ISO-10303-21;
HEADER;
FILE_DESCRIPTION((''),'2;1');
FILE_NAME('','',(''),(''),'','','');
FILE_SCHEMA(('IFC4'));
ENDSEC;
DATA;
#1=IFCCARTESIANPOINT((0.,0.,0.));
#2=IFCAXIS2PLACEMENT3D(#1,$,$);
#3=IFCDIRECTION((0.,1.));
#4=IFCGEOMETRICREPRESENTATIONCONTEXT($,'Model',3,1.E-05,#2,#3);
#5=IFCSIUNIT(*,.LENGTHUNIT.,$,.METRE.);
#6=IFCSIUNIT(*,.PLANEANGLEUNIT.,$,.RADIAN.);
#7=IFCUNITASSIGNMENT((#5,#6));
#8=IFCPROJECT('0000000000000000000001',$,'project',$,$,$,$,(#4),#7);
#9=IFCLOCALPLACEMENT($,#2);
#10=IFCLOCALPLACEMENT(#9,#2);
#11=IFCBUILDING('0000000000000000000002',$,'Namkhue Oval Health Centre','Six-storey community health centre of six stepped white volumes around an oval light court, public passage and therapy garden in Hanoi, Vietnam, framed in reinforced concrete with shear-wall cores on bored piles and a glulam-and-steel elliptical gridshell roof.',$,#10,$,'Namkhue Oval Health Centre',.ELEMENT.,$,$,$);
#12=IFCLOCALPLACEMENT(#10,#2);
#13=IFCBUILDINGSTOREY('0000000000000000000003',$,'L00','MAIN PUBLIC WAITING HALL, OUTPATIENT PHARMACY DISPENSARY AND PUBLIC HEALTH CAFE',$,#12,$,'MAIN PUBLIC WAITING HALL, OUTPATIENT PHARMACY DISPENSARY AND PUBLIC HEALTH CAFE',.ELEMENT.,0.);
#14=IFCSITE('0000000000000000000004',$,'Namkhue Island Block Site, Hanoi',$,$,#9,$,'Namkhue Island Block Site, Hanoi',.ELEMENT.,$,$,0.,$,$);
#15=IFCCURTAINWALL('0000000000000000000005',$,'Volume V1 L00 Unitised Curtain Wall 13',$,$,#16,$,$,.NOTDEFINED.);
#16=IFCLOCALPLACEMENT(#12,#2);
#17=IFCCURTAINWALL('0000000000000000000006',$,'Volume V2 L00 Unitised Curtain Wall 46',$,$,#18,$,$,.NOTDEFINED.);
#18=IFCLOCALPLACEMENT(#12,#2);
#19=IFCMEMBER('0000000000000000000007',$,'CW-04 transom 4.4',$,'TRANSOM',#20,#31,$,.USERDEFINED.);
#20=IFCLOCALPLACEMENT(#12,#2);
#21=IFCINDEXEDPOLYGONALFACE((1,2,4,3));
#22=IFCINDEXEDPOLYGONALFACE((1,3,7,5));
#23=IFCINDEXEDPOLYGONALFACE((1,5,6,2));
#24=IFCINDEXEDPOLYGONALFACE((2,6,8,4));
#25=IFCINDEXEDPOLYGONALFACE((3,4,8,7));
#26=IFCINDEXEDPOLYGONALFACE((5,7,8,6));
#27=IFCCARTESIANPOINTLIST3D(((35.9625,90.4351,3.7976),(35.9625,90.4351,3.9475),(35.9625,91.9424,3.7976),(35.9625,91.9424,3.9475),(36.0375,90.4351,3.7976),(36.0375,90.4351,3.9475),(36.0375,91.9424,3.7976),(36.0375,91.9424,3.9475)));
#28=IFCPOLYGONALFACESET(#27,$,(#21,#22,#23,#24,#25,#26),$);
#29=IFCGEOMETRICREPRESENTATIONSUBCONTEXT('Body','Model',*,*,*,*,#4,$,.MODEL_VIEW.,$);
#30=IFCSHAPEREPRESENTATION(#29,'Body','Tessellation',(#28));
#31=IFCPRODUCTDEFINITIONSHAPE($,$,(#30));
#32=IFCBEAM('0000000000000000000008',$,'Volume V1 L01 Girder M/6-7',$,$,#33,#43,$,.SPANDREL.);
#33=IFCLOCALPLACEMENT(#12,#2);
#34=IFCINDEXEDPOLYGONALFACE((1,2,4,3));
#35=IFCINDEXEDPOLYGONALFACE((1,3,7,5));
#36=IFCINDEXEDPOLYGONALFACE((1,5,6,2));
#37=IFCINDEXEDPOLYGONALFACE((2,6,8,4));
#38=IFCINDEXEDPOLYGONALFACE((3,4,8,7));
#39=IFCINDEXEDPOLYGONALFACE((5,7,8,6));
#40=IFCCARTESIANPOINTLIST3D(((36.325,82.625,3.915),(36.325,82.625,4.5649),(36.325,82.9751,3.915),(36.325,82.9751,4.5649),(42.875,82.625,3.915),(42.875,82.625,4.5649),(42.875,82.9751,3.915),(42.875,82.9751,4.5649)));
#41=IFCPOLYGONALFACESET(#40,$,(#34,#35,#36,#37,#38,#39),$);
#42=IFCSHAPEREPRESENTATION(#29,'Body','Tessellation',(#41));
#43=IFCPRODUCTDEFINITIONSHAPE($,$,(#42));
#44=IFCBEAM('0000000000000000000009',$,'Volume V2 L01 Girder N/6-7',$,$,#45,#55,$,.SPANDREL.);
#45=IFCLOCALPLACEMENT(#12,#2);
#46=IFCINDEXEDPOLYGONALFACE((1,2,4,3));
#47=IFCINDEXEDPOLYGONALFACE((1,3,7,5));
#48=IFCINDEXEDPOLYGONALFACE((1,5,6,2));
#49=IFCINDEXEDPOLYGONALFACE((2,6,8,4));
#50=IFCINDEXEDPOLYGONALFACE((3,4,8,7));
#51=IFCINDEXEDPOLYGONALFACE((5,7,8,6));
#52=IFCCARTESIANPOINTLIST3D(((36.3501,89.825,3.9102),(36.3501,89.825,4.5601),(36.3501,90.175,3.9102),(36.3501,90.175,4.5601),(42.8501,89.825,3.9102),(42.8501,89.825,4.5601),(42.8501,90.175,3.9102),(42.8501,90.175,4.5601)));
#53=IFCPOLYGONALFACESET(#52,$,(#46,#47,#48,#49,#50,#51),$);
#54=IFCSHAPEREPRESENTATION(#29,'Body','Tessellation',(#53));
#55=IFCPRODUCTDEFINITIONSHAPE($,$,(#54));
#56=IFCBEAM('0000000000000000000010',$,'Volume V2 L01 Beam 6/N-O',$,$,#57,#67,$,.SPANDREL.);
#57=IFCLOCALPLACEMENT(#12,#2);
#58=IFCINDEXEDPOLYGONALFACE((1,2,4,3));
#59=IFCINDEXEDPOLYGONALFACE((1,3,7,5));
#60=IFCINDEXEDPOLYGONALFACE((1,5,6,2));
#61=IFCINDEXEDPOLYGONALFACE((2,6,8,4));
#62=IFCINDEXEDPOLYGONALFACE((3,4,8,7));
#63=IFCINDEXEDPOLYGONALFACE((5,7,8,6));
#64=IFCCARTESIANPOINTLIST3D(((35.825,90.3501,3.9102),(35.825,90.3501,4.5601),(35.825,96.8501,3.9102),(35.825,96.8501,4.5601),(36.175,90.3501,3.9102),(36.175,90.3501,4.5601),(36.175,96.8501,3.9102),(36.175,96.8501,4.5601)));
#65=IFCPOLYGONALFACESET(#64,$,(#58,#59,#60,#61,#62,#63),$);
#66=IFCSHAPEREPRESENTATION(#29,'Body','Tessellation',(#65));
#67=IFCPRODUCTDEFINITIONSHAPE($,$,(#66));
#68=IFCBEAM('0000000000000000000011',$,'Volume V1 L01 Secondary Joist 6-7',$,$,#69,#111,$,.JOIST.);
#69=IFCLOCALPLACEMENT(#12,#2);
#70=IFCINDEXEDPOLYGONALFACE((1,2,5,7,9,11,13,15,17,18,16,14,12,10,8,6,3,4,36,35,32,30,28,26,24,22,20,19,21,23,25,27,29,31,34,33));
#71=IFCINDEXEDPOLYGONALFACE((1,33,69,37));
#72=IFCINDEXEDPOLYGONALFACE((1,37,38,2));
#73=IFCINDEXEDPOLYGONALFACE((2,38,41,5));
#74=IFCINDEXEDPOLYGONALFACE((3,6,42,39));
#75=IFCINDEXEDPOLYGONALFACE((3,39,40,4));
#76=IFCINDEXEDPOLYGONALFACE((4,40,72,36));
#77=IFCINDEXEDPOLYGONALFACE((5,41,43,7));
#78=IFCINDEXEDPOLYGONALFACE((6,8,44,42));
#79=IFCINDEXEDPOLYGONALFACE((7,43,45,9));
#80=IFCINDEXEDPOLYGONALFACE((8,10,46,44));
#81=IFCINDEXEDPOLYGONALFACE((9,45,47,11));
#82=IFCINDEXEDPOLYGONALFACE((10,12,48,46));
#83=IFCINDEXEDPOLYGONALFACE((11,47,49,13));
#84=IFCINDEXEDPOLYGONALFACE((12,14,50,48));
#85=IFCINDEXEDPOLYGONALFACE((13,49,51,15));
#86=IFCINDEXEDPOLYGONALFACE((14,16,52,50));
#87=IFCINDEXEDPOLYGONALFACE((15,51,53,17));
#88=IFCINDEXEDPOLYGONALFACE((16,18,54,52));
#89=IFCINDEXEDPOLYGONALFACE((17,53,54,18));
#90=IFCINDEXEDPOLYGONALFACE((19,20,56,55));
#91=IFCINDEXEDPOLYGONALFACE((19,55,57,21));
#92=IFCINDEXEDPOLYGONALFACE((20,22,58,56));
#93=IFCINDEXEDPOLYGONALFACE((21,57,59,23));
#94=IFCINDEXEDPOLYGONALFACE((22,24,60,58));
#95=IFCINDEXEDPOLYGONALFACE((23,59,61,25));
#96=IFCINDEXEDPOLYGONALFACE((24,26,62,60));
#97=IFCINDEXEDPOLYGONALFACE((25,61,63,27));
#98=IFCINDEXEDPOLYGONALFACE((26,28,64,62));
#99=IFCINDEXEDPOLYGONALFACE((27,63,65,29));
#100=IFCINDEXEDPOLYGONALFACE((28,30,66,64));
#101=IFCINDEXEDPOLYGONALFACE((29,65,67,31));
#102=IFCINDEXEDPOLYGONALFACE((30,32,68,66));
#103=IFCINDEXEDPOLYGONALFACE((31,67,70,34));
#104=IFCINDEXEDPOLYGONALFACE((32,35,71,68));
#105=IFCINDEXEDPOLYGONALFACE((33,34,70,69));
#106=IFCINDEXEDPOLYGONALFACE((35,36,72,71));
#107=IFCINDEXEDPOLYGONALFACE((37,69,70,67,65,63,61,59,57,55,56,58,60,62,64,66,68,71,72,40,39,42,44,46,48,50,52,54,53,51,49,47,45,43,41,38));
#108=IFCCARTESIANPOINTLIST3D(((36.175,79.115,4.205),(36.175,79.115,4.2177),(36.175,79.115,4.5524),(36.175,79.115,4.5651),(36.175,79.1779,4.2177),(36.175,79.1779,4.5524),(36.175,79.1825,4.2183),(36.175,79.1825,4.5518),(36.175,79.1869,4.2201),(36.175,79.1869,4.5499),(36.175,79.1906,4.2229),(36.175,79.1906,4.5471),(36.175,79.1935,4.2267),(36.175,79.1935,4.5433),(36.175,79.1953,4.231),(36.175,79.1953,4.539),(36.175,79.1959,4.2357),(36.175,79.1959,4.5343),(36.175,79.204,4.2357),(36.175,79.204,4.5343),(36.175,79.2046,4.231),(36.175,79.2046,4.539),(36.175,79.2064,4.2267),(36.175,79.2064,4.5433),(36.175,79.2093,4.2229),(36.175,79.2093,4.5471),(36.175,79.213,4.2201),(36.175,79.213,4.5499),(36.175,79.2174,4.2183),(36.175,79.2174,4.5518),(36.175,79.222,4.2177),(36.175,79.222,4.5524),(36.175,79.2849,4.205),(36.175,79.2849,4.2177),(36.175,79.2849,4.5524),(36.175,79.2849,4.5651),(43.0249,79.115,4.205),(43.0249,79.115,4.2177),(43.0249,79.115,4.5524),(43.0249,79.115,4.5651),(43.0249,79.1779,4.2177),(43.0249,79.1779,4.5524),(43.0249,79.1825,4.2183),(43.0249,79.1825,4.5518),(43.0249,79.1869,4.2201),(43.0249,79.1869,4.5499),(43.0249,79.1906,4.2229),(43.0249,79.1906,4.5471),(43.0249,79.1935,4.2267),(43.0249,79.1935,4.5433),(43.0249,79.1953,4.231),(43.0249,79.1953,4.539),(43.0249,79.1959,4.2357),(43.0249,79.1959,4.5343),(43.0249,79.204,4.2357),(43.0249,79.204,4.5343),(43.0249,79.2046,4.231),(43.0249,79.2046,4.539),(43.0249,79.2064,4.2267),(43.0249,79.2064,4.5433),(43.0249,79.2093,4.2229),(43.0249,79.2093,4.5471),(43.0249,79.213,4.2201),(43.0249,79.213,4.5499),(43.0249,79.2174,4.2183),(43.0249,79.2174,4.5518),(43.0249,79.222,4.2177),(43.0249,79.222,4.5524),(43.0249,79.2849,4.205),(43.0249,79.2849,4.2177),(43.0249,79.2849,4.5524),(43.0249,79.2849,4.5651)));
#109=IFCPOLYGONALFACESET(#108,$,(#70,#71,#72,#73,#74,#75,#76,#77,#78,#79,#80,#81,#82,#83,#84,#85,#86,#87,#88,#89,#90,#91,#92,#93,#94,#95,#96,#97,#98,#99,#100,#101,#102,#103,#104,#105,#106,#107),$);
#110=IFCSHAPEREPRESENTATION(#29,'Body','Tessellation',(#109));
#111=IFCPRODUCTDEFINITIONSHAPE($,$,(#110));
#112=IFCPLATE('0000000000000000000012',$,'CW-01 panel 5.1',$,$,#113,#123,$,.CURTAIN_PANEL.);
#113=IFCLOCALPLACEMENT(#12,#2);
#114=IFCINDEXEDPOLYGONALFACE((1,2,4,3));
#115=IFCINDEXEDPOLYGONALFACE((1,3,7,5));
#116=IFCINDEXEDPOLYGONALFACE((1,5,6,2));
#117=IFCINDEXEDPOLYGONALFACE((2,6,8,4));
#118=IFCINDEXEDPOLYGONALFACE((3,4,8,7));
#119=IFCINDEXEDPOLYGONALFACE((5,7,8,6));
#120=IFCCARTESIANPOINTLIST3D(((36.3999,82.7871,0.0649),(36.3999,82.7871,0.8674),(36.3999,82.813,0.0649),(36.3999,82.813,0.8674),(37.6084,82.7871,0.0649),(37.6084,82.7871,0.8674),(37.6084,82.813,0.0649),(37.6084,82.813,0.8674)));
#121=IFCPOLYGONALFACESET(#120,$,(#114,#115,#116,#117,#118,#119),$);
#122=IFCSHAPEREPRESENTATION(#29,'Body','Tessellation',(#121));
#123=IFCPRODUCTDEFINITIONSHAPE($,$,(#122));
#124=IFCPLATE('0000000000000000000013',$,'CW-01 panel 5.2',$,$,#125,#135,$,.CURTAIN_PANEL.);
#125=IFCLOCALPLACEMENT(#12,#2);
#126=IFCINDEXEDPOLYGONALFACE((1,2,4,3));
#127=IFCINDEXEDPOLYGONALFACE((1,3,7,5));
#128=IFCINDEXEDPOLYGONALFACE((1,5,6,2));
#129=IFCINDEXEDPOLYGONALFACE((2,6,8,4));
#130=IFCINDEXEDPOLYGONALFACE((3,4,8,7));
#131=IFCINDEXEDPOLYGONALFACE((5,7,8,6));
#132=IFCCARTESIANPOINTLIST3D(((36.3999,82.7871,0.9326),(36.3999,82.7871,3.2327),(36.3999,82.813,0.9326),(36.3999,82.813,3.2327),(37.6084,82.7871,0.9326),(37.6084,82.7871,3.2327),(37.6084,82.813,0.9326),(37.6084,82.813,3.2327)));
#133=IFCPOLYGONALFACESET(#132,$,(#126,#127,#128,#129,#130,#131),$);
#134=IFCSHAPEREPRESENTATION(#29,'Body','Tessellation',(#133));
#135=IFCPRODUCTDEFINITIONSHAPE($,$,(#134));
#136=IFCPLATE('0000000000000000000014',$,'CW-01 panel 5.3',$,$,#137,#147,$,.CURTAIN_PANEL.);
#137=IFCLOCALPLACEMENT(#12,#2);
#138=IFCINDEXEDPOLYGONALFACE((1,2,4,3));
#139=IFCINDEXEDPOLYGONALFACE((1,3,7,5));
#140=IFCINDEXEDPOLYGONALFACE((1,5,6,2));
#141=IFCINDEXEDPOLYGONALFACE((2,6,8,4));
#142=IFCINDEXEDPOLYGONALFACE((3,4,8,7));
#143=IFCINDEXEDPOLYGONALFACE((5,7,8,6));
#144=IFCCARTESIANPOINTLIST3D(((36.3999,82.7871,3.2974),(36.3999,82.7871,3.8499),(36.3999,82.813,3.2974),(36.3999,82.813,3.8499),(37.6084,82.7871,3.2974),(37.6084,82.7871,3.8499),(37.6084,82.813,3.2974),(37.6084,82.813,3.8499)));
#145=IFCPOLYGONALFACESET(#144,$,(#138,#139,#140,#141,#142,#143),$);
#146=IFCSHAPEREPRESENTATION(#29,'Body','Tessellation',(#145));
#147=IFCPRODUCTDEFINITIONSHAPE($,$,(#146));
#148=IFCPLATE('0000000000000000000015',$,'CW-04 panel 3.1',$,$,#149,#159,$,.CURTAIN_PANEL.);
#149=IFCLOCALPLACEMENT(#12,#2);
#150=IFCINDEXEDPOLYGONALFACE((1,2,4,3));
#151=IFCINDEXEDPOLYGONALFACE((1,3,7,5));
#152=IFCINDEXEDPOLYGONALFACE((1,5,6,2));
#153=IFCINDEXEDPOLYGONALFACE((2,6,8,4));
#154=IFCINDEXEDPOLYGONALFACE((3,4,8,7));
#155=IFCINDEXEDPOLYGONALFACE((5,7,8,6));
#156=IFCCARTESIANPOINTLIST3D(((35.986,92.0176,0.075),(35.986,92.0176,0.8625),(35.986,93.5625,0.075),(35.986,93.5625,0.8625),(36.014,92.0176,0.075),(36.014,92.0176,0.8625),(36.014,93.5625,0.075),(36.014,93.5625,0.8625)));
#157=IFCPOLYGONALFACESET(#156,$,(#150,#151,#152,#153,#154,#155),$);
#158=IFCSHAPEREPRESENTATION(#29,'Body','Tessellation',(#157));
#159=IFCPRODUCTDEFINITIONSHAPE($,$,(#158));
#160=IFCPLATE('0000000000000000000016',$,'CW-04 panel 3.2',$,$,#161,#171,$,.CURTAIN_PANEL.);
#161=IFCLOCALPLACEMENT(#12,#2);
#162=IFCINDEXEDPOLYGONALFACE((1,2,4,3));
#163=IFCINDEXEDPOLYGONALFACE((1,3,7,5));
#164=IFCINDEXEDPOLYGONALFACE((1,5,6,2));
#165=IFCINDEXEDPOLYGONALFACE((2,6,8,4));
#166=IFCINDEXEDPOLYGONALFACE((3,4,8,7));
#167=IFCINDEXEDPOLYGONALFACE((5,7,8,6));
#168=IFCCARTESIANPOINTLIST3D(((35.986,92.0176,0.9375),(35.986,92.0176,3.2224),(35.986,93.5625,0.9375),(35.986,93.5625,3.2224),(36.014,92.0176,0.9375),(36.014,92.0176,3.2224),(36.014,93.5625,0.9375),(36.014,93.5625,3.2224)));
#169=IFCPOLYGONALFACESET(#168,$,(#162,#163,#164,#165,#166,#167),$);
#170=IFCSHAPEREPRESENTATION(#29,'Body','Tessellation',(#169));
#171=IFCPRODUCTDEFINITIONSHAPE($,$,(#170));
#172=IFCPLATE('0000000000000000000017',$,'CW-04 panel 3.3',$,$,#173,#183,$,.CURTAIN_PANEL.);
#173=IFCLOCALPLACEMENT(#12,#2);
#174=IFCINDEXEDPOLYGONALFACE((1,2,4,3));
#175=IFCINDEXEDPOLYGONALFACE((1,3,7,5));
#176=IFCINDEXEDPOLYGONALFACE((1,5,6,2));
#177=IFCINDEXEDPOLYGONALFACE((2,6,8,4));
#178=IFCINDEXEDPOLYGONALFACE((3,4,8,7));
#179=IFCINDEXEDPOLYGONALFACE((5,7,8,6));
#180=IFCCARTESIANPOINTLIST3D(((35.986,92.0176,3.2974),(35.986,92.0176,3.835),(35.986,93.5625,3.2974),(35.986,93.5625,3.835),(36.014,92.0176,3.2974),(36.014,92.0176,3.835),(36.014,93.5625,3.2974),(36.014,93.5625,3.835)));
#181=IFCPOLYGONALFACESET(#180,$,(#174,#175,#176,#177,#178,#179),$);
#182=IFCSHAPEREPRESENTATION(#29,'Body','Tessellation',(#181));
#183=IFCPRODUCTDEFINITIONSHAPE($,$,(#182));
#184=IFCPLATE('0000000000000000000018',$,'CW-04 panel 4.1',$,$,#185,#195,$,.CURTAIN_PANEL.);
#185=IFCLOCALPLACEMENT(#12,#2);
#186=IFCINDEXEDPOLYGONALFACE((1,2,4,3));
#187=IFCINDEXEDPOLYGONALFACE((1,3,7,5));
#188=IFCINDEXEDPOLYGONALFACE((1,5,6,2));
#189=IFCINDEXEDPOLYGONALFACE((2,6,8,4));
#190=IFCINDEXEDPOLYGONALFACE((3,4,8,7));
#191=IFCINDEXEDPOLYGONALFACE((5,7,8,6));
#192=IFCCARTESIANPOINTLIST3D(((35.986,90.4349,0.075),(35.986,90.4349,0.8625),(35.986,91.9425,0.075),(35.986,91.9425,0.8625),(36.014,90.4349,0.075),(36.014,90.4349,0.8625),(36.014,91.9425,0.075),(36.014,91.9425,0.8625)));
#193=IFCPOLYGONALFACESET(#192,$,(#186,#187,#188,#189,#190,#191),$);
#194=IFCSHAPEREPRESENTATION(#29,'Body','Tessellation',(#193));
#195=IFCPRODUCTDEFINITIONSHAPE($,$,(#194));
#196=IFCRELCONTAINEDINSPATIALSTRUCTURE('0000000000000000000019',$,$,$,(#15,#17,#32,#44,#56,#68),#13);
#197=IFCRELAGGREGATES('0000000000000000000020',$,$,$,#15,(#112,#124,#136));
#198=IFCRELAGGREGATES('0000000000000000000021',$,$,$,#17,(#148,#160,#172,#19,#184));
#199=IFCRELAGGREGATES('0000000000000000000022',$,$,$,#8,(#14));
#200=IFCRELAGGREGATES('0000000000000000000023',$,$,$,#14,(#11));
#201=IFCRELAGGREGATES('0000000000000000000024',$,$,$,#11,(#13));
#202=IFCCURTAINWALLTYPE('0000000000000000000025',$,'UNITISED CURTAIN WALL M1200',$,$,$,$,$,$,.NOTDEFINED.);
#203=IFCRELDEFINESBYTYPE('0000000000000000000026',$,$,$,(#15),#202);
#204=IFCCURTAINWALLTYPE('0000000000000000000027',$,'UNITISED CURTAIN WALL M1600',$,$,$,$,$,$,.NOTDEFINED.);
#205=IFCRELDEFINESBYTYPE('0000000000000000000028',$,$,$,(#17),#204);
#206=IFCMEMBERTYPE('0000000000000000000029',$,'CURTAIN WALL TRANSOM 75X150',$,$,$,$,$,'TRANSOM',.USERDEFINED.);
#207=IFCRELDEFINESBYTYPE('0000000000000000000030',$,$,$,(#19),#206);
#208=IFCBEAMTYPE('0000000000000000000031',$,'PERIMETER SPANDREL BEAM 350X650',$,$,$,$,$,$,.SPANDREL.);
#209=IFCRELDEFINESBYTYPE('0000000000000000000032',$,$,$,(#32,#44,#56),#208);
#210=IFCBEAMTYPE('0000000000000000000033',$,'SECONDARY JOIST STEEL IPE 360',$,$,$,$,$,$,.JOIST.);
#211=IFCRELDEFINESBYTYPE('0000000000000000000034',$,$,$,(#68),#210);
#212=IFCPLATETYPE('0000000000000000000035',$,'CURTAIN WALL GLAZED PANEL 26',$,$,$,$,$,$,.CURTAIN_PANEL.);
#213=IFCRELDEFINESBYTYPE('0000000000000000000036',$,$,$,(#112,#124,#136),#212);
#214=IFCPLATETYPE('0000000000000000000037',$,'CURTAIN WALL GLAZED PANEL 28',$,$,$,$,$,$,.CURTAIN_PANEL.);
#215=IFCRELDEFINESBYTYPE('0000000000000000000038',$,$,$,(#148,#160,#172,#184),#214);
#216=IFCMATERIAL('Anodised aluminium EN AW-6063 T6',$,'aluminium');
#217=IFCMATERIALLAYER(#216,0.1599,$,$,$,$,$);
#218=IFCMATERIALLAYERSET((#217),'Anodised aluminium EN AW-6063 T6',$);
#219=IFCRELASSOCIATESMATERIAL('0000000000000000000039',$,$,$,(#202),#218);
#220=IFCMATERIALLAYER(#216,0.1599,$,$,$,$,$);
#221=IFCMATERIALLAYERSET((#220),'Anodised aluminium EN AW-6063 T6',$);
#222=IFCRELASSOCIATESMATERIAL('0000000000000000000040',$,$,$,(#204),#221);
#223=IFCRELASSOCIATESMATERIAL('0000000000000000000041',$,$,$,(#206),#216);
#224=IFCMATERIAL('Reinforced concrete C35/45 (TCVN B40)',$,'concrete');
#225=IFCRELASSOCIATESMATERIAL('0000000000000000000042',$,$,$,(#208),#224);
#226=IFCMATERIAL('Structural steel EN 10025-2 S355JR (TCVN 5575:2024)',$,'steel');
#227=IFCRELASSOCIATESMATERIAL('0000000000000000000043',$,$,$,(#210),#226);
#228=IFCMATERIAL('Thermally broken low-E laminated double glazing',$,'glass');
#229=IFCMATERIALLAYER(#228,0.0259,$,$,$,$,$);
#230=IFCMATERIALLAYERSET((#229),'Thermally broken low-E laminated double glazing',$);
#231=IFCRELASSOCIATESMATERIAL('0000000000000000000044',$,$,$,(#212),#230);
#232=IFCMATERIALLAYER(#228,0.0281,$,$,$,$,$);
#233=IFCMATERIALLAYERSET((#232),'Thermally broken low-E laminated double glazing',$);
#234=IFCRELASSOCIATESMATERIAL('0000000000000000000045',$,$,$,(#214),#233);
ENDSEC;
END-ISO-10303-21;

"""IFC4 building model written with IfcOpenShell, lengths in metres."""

from ifc_helpers import new_model, si_unit, direction, frame, origin, origin_2d, place, context, subcontext, project, spatial, rectangle, i_section, extrude, material, layer, layer_set, material_profile, profile_set, type_object, element, aggregate, save


model = new_model("IFC4")

# Units and contexts
model_context = context("Model", 3, precision=1e-05, world=origin(), true_north=direction((0.0, 1.0)))
body_context = subcontext(model_context, "Body", "Model", "MODEL_VIEW")
ifc_project = project(units=[si_unit("LENGTHUNIT", "METRE"), si_unit("PLANEANGLEUNIT", "RADIAN")], contexts=[model_context])

# Site, building, storey
site_placement = place(None, origin())
site = spatial("IfcSite", under=ifc_project, at=site_placement, Name="Namkhue Island Block Site, Hanoi", LongName="Namkhue Island Block Site, Hanoi", CompositionType="ELEMENT", RefElevation=0.0)
building_placement = place(site_placement, origin())
building = spatial("IfcBuilding", under=site, at=building_placement, Name="Namkhue Oval Health Centre", Description="Six-storey community health centre of six stepped white volumes around an oval light court, public passage and therapy garden in Hanoi, Vietnam, framed in reinforced concrete with shear-wall cores on bored piles and a glulam-and-steel elliptical gridshell roof.", LongName="Namkhue Oval Health Centre", CompositionType="ELEMENT")
storey_placement = place(building_placement, origin())
storey = spatial("IfcBuildingStorey", under=building, at=storey_placement, Name="L00", Description="MAIN PUBLIC WAITING HALL, OUTPATIENT PHARMACY DISPENSARY AND PUBLIC HEALTH CAFE", LongName="MAIN PUBLIC WAITING HALL, OUTPATIENT PHARMACY DISPENSARY AND PUBLIC HEALTH CAFE", CompositionType="ELEMENT", Elevation=0.0)

# Shared definitions
ifc_material_1 = material(Name="Reinforced concrete C35/45 (TCVN B40)", Category="concrete")

# Curtain wall
ifc_material_2 = material(Name="Anodised aluminium EN AW-6063 T6", Category="aluminium")
ifc_layer_1 = layer(ifc_material_2, 0.1599)
ifc_layer_set_1 = layer_set([ifc_layer_1], Name="Anodised aluminium EN AW-6063 T6")
curtain_wall_type_1 = type_object("IfcCurtainWallType", Name="UNITISED CURTAIN WALL M1200", PredefinedType="NOTDEFINED", material=ifc_layer_set_1)
curtain_wall_1_placement = place(storey_placement, origin())
curtain_wall_1 = element("IfcCurtainWall", 1, at=curtain_wall_1_placement, inside=storey, type_object=curtain_wall_type_1, Name="Volume V1 L00 Unitised Curtain Wall 13", PredefinedType="NOTDEFINED")

# Curtain wall
ifc_layer_2 = layer(ifc_material_2, 0.1599)
ifc_layer_set_2 = layer_set([ifc_layer_2], Name="Anodised aluminium EN AW-6063 T6")
curtain_wall_type_2 = type_object("IfcCurtainWallType", Name="UNITISED CURTAIN WALL M1600", PredefinedType="NOTDEFINED", material=ifc_layer_set_2)
curtain_wall_2_placement = place(storey_placement, origin())
curtain_wall_2 = element("IfcCurtainWall", 2, at=curtain_wall_2_placement, inside=storey, type_object=curtain_wall_type_2, Name="Volume V2 L00 Unitised Curtain Wall 46", PredefinedType="NOTDEFINED")

# Member
ifc_material_profile_1 = material_profile(ifc_material_2, rectangle(XDim=0.075, YDim=0.1499, at=origin_2d()), Name="ALU 75x150")
ifc_profile_set_1 = profile_set([ifc_material_profile_1], Name="Anodised aluminium EN AW-6063 T6")
member_type_1 = type_object("IfcMemberType", Name="CURTAIN WALL TRANSOM 75X150", ElementType="TRANSOM", PredefinedType="USERDEFINED", material=ifc_profile_set_1)
member_1_placement = place(storey_placement, frame((36.0, 91.9424, 3.8726), z_axis=(0.0, -1.0, 0.0), x_axis=(1.0, 0.0, 0.0)))
member_1 = element("IfcMember", 3, at=member_1_placement, type_object=member_type_1, Name="CW-04 transom 4.4", ObjectType="TRANSOM", PredefinedType="USERDEFINED", context=body_context, shape_type="SweptSolid", body=[
    extrude(rectangle(XDim=0.075, YDim=0.1499, at=origin_2d()), origin(), (0.0, 0.0, 1.0), 1.5073),
])

# Beams
ifc_material_profile_2 = material_profile(ifc_material_1, rectangle(XDim=0.3501, YDim=0.6499, at=origin_2d()), Name="RC 350x650")
ifc_profile_set_2 = profile_set([ifc_material_profile_2], Name="Reinforced concrete C35/45 (TCVN B40)")
beam_type_1 = type_object("IfcBeamType", Name="PERIMETER SPANDREL BEAM 350X650", PredefinedType="SPANDREL", material=ifc_profile_set_2)
beam_1_placement = place(storey_placement, frame((36.325, 82.8, 4.24), z_axis=(1.0, 0.0, 0.0), x_axis=(0.0, 1.0, 0.0)))
element("IfcBeam", 4, at=beam_1_placement, inside=storey, type_object=beam_type_1, Name="Volume V1 L01 Girder M/6-7", PredefinedType="SPANDREL", context=body_context, shape_type="SweptSolid", body=[
    extrude(rectangle(XDim=0.3501, YDim=0.6499, at=origin_2d()), origin(), (0.0, 0.0, 1.0), 6.55),
])
for number, where, z_axis, x_axis, name in (
    (5, (36.3501, 90.0, 4.2351), (1.0, 0.0, 0.0), (0.0, 1.0, 0.0), "Volume V2 L01 Girder N/6-7"),
    (6, (36.0, 90.3501, 4.2351), (0.0, 1.0, 0.0), (-1.0, 0.0, 0.0), "Volume V2 L01 Beam 6/N-O"),
):
    element("IfcBeam", number, at=place(storey_placement, frame(where, z_axis=z_axis, x_axis=x_axis)), inside=storey, type_object=beam_type_1, Name=name, PredefinedType="SPANDREL", context=body_context, shape_type="SweptSolid", body=[
        extrude(rectangle(XDim=0.3501, YDim=0.6499, at=origin_2d()), origin(), (0.0, 0.0, 1.0), 6.5),
    ])
ifc_material_3 = material(Name="Structural steel EN 10025-2 S355JR (TCVN 5575:2024)", Category="steel")
ifc_material_profile_3 = material_profile(ifc_material_3, i_section(OverallWidth=0.1699, OverallDepth=0.3601, WebThickness=0.0081, FlangeThickness=0.0127, FilletRadius=0.0181, at=origin_2d()), Name="IPE 360")
ifc_profile_set_3 = profile_set([ifc_material_profile_3], Name="Structural steel EN 10025-2 S355JR (TCVN 5575:2024)")
beam_type_2 = type_object("IfcBeamType", Name="SECONDARY JOIST STEEL IPE 360", PredefinedType="JOIST", material=ifc_profile_set_3)
beam_2_placement = place(storey_placement, frame((36.175, 79.2, 4.385), z_axis=(1.0, 0.0, 0.0), x_axis=(0.0, 1.0, 0.0)))
element("IfcBeam", 7, at=beam_2_placement, inside=storey, type_object=beam_type_2, Name="Volume V1 L01 Secondary Joist 6-7", PredefinedType="JOIST", context=body_context, shape_type="SweptSolid", body=[
    extrude(i_section(OverallWidth=0.1699, OverallDepth=0.3601, WebThickness=0.0081, FlangeThickness=0.0127, FilletRadius=0.0181, at=origin_2d()), origin(), (0.0, 0.0, 1.0), 6.8499),
])

# Plates
ifc_material_4 = material(Name="Thermally broken low-E laminated double glazing", Category="glass")
ifc_layer_3 = layer(ifc_material_4, 0.0259)
ifc_layer_set_3 = layer_set([ifc_layer_3], Name="Thermally broken low-E laminated double glazing")
plate_type_1 = type_object("IfcPlateType", Name="CURTAIN WALL GLAZED PANEL 26", PredefinedType="CURTAIN_PANEL", material=ifc_layer_set_3)
plate_1_placement = place(storey_placement, frame((37.0042, 82.8, 0.0649), z_axis=(0.0, 0.0, 1.0), x_axis=(-1.0, 0.0, 0.0)))
plate_1 = element("IfcPlate", 8, at=plate_1_placement, type_object=plate_type_1, Name="CW-01 panel 5.1", PredefinedType="CURTAIN_PANEL", context=body_context, shape_type="SweptSolid", body=[
    extrude(rectangle(XDim=1.2085, YDim=0.0259, at=origin_2d()), origin(), (0.0, 0.0, 1.0), 0.8025),
])
plate_2_placement = place(storey_placement, frame((37.0042, 82.8, 0.9326), z_axis=(0.0, 0.0, 1.0), x_axis=(-1.0, 0.0, 0.0)))
plate_2 = element("IfcPlate", 9, at=plate_2_placement, type_object=plate_type_1, Name="CW-01 panel 5.2", PredefinedType="CURTAIN_PANEL", context=body_context, shape_type="SweptSolid", body=[
    extrude(rectangle(XDim=1.2085, YDim=0.0259, at=origin_2d()), origin(), (0.0, 0.0, 1.0), 2.3),
])
plate_3_placement = place(storey_placement, frame((37.0042, 82.8, 3.2974), z_axis=(0.0, 0.0, 1.0), x_axis=(-1.0, 0.0, 0.0)))
plate_3 = element("IfcPlate", 10, at=plate_3_placement, type_object=plate_type_1, Name="CW-01 panel 5.3", PredefinedType="CURTAIN_PANEL", context=body_context, shape_type="SweptSolid", body=[
    extrude(rectangle(XDim=1.2085, YDim=0.0259, at=origin_2d()), origin(), (0.0, 0.0, 1.0), 0.5525),
])
aggregate(curtain_wall_1, [plate_1, plate_2, plate_3])
ifc_layer_4 = layer(ifc_material_4, 0.0281)
ifc_layer_set_4 = layer_set([ifc_layer_4], Name="Thermally broken low-E laminated double glazing")
plate_type_2 = type_object("IfcPlateType", Name="CURTAIN WALL GLAZED PANEL 28", PredefinedType="CURTAIN_PANEL", material=ifc_layer_set_4)
plate_4_placement = place(storey_placement, frame((36.0, 92.79, 0.075), z_axis=(0.0, 0.0, 1.0), x_axis=(0.0, -1.0, 0.0)))
plate_4 = element("IfcPlate", 11, at=plate_4_placement, type_object=plate_type_2, Name="CW-04 panel 3.1", PredefinedType="CURTAIN_PANEL", context=body_context, shape_type="SweptSolid", body=[
    extrude(rectangle(XDim=1.5449, YDim=0.0281, at=origin_2d()), origin(), (0.0, 0.0, 1.0), 0.7876),
])
plate_5_placement = place(storey_placement, frame((36.0, 92.79, 0.9375), z_axis=(0.0, 0.0, 1.0), x_axis=(0.0, -1.0, 0.0)))
plate_5 = element("IfcPlate", 12, at=plate_5_placement, type_object=plate_type_2, Name="CW-04 panel 3.2", PredefinedType="CURTAIN_PANEL", context=body_context, shape_type="SweptSolid", body=[
    extrude(rectangle(XDim=1.5449, YDim=0.0281, at=origin_2d()), origin(), (0.0, 0.0, 1.0), 2.2849),
])
plate_6_placement = place(storey_placement, frame((36.0, 92.79, 3.2974), z_axis=(0.0, 0.0, 1.0), x_axis=(0.0, -1.0, 0.0)))
plate_6 = element("IfcPlate", 13, at=plate_6_placement, type_object=plate_type_2, Name="CW-04 panel 3.3", PredefinedType="CURTAIN_PANEL", context=body_context, shape_type="SweptSolid", body=[
    extrude(rectangle(XDim=1.5449, YDim=0.0281, at=origin_2d()), origin(), (0.0, 0.0, 1.0), 0.5376),
])
plate_7_placement = place(storey_placement, frame((36.0, 91.1887, 0.075), z_axis=(0.0, 0.0, 1.0), x_axis=(0.0, -1.0, 0.0)))
plate_7 = element("IfcPlate", 14, at=plate_7_placement, type_object=plate_type_2, Name="CW-04 panel 4.1", PredefinedType="CURTAIN_PANEL", context=body_context, shape_type="SweptSolid", body=[
    extrude(rectangle(XDim=1.5076, YDim=0.0281, at=origin_2d()), origin(), (0.0, 0.0, 1.0), 0.7876),
])
aggregate(curtain_wall_2, [plate_4, plate_5, plate_6, member_1, plate_7])

save(model, "model.ifc")
